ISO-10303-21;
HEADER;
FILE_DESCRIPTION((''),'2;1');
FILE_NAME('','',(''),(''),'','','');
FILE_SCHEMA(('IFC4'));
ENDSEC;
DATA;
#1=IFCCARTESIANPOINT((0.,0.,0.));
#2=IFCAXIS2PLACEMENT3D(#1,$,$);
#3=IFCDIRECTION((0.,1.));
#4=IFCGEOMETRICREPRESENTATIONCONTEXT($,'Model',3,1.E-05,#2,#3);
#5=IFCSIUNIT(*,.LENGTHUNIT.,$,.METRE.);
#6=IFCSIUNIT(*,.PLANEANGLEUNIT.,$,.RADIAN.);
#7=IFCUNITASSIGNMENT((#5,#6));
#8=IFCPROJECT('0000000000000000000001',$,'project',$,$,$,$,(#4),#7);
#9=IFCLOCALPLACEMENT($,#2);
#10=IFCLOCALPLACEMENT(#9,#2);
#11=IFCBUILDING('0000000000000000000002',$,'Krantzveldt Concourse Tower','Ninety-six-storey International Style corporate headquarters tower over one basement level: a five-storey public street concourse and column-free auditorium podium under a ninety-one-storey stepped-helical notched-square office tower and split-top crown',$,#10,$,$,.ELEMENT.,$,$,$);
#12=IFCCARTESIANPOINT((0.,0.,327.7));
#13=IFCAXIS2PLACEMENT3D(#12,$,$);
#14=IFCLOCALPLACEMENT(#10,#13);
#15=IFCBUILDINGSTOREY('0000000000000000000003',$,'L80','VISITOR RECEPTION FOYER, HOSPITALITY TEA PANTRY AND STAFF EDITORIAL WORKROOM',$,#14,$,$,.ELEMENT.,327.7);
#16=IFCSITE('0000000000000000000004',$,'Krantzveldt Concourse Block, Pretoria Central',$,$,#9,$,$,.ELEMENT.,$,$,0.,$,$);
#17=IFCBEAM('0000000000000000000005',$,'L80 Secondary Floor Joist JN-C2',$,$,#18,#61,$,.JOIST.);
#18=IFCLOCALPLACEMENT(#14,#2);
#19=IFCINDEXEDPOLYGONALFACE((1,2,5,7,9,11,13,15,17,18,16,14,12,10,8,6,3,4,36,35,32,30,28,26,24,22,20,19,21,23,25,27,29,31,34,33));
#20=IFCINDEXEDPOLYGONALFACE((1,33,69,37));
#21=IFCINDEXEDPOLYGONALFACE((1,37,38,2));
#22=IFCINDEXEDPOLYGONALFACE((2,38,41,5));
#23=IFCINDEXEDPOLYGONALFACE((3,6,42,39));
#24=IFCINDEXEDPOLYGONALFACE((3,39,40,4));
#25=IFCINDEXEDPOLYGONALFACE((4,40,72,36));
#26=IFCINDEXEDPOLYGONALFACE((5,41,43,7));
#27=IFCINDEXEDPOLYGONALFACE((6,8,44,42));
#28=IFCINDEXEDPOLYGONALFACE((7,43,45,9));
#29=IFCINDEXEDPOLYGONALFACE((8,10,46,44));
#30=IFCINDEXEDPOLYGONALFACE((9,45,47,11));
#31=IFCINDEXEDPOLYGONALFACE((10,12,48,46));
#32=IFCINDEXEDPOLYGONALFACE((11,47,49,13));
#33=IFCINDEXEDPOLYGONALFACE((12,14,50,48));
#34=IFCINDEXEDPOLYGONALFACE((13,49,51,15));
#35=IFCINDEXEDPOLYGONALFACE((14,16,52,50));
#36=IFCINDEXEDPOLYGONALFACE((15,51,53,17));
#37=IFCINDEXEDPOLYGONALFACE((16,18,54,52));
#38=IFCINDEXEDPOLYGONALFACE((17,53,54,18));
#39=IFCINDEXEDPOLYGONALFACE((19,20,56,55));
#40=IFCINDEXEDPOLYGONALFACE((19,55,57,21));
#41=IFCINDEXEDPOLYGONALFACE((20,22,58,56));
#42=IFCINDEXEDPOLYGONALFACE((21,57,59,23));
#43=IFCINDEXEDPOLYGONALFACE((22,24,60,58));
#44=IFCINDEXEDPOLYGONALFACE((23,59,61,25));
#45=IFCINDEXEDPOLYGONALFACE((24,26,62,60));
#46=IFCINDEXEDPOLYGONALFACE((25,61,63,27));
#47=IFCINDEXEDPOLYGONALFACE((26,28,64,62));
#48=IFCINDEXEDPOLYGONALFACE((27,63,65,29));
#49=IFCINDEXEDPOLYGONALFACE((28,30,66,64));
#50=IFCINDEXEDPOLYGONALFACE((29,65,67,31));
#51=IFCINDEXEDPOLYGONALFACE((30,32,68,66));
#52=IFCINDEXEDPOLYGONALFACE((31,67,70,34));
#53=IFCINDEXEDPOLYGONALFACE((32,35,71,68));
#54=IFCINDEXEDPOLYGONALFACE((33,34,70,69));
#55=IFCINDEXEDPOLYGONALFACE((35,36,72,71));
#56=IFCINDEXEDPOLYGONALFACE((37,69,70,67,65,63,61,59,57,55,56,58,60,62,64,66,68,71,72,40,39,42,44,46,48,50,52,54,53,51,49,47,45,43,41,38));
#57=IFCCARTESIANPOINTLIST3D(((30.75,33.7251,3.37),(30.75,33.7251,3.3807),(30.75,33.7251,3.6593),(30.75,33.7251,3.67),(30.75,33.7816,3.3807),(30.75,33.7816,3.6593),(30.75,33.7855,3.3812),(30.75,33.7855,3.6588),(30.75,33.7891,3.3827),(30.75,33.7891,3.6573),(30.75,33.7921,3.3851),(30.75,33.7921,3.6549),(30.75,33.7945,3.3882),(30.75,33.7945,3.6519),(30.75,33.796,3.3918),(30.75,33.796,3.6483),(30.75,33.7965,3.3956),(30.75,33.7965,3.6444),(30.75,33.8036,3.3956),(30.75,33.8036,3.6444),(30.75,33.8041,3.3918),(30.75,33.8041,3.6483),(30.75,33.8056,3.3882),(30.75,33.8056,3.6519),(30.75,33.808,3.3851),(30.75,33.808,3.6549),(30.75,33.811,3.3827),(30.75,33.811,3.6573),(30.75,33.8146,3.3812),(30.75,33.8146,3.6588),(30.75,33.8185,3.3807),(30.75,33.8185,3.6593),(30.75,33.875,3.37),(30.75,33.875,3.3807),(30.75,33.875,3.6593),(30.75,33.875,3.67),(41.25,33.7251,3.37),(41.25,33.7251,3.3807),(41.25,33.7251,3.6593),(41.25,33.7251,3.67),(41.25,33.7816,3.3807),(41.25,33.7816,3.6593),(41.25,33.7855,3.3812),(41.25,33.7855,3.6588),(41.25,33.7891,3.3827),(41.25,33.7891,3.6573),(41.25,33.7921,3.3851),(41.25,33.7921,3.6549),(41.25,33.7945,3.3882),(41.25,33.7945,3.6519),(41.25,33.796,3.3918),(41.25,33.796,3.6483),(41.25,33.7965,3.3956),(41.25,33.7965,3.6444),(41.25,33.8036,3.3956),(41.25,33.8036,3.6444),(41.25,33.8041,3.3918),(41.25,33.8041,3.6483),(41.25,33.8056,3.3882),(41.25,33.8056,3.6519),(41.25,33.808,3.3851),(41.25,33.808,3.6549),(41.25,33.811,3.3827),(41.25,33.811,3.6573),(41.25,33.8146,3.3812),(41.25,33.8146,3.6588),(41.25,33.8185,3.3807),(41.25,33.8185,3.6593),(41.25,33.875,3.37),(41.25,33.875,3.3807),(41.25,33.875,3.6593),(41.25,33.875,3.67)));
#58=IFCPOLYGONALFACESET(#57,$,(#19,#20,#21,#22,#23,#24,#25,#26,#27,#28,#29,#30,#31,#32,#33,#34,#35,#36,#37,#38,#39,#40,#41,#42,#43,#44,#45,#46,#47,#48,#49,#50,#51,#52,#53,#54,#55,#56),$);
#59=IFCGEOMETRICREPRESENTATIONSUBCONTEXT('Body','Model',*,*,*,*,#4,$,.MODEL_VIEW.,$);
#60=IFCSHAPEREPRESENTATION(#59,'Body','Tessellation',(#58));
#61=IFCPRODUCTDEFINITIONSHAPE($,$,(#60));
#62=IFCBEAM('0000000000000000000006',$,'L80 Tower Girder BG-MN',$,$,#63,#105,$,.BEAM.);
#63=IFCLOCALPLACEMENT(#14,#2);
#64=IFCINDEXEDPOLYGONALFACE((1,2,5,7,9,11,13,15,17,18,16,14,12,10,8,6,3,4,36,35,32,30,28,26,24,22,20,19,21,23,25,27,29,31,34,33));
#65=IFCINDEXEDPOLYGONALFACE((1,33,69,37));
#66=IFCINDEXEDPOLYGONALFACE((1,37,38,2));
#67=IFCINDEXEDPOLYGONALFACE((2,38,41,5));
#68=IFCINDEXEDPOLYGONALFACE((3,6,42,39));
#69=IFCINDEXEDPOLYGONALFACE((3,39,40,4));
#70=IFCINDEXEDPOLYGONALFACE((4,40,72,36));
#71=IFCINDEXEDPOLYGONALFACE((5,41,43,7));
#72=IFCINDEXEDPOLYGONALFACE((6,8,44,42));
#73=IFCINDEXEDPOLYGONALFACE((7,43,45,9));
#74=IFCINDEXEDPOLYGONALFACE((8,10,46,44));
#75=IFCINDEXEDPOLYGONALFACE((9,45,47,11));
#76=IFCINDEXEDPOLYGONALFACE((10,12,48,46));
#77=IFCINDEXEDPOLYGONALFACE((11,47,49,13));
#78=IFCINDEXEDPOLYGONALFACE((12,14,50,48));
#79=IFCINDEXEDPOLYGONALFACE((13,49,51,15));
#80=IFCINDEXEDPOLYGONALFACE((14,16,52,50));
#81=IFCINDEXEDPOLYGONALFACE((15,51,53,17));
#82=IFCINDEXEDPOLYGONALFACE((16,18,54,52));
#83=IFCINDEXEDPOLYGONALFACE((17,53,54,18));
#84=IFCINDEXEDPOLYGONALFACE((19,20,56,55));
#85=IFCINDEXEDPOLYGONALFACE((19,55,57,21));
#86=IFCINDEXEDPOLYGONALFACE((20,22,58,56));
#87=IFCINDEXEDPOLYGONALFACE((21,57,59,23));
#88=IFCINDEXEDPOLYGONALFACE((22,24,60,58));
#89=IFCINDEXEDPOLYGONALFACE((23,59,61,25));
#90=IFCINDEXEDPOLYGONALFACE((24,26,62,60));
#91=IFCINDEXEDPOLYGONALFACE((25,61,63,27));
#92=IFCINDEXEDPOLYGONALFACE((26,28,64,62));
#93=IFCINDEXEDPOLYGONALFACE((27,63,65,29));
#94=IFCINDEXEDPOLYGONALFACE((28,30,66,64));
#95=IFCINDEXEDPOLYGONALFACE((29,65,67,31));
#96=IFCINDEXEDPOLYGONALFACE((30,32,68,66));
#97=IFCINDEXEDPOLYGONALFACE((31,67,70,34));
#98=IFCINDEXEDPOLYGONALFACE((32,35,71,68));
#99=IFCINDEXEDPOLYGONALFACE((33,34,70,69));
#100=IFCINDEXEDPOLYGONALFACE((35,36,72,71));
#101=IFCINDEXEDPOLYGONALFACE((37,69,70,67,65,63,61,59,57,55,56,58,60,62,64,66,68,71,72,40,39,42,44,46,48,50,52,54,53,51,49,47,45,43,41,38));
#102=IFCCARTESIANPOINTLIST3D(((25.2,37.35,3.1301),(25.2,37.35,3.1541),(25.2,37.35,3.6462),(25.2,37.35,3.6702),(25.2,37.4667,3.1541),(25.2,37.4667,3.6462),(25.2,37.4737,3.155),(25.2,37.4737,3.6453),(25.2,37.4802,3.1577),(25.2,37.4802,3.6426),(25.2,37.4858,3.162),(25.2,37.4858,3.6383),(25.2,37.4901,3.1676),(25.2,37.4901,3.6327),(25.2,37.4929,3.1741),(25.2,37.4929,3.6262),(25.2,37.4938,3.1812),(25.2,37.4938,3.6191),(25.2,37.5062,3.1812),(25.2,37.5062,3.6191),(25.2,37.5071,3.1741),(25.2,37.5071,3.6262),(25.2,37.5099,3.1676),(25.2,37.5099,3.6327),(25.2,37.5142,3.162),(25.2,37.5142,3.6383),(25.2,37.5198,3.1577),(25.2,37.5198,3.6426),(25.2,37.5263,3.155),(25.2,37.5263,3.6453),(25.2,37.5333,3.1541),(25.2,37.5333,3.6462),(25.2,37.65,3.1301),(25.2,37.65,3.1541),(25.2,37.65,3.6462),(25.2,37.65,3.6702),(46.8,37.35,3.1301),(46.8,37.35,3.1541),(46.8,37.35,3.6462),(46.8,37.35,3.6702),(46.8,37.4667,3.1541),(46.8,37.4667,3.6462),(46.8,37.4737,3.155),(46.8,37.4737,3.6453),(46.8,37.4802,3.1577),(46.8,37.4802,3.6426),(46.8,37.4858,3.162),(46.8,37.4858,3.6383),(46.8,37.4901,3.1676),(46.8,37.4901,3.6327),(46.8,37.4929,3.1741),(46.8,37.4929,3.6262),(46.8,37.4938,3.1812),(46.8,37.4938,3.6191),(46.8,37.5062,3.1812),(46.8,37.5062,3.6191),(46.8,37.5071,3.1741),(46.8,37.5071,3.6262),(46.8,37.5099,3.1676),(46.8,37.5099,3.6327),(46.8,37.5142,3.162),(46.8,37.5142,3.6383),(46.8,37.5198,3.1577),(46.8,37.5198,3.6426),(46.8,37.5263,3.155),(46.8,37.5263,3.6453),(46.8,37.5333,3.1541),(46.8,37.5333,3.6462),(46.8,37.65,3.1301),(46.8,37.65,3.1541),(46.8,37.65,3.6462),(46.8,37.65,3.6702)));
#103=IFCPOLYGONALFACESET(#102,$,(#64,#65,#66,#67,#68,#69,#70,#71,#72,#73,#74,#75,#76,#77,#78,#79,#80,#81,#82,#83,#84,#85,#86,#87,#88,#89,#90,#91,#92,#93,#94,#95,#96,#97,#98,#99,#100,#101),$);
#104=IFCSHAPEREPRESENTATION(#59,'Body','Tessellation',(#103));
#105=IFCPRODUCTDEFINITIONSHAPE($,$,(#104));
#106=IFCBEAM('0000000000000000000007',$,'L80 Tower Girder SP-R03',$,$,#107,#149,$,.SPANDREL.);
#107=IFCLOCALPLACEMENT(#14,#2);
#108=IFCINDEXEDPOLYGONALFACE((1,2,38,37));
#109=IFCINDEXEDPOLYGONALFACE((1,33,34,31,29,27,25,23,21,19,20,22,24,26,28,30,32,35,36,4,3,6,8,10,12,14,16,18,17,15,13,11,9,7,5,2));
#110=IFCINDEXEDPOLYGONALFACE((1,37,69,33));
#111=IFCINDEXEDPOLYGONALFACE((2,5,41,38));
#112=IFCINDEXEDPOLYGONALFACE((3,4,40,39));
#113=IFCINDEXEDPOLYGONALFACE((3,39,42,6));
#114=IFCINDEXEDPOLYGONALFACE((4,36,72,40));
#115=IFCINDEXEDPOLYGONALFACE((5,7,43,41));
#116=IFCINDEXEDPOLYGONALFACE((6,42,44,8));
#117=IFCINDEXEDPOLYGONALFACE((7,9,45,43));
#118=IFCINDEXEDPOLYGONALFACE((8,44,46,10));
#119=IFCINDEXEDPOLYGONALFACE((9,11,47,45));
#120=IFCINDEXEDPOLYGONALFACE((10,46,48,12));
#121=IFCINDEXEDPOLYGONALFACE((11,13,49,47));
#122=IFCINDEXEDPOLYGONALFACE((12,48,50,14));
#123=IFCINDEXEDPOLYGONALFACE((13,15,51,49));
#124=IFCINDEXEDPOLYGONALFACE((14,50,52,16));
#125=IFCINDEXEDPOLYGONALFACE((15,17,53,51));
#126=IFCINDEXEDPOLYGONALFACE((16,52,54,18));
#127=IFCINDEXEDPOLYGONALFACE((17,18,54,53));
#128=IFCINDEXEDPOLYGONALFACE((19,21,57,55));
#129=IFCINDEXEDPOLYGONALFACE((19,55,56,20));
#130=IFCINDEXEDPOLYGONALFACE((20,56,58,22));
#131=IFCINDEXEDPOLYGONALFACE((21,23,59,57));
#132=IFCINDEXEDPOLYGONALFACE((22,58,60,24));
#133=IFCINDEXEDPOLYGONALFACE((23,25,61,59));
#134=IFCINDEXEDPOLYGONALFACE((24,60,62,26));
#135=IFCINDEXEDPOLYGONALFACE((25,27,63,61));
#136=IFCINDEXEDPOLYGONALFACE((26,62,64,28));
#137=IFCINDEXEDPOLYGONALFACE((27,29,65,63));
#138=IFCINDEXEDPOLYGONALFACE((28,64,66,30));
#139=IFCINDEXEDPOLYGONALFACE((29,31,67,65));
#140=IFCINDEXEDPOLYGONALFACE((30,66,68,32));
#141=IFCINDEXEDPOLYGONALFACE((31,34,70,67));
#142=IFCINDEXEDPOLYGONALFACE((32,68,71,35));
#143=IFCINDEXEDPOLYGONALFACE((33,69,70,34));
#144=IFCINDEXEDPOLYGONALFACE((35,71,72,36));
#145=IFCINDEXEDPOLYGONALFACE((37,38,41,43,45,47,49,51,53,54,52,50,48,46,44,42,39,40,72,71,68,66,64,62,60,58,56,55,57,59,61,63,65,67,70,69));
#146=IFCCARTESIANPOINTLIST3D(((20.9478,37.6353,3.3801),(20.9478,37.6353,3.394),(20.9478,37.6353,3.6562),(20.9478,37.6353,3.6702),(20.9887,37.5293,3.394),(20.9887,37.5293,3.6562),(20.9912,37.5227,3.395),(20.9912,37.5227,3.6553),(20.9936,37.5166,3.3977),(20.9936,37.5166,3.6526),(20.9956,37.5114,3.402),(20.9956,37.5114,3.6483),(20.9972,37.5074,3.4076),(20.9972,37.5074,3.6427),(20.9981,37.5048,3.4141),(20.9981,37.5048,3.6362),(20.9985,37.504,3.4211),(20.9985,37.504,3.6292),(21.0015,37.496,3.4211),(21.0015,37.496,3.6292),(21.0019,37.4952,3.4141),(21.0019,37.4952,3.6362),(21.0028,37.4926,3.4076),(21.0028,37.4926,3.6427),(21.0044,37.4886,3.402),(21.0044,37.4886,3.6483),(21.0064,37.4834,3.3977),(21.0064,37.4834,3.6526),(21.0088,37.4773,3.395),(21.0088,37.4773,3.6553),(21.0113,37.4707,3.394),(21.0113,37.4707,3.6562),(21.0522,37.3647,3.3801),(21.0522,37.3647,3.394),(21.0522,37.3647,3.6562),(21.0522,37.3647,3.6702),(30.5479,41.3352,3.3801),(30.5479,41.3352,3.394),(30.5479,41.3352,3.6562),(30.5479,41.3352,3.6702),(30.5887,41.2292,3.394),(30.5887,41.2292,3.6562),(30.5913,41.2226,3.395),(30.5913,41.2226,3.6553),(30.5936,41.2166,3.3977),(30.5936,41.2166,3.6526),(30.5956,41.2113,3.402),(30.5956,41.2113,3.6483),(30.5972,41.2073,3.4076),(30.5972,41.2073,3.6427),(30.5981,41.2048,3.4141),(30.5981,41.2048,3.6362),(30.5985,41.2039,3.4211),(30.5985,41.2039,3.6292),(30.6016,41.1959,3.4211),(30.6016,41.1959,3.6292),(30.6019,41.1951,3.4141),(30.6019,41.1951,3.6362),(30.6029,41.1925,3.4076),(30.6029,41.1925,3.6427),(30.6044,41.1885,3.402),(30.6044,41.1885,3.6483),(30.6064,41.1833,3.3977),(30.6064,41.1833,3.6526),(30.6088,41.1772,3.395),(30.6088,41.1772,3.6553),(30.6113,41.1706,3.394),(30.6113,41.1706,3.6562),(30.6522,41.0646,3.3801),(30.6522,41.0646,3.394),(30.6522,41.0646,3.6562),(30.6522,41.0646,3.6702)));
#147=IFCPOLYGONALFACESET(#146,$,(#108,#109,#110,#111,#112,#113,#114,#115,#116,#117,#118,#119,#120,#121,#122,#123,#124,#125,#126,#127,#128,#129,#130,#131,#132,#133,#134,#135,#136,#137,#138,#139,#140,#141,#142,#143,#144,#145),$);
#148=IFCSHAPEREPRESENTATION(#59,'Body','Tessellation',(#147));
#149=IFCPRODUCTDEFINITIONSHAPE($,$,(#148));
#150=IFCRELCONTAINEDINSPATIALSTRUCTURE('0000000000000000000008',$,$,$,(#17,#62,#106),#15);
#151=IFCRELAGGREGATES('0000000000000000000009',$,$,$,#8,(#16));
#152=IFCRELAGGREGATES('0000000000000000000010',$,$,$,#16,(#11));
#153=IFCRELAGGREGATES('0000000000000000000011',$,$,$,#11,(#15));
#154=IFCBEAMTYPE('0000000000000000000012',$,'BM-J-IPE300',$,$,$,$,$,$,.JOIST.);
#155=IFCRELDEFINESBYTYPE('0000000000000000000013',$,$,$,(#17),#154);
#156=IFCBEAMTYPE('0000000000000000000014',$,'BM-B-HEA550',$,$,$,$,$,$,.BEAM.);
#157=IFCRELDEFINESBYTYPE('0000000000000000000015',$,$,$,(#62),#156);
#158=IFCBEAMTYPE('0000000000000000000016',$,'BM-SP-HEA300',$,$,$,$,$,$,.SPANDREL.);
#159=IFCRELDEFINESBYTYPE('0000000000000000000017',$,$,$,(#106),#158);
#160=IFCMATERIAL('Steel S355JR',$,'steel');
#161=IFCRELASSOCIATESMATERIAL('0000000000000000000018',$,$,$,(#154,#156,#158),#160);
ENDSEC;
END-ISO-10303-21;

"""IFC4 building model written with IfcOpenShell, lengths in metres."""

from ifc_helpers import new_model, si_unit, direction, frame, origin, origin_2d, place, context, subcontext, project, spatial, i_section, extrude, source, transform, mapped, material, material_profile, profile_set, type_object, type_shapes, element, save


model = new_model("IFC4")

# Units and contexts
model_context = context("Model", 3, precision=1e-05, world=origin(), true_north=direction((0.0, 1.0)))
body_context = subcontext(model_context, "Body", "Model", "MODEL_VIEW")
ifc_project = project(units=[si_unit("LENGTHUNIT", "METRE"), si_unit("PLANEANGLEUNIT", "RADIAN")], contexts=[model_context])

# Site, building, storey
site_placement = place(None, origin())
site = spatial("IfcSite", under=ifc_project, at=site_placement, Name="Krantzveldt Concourse Block, Pretoria Central", CompositionType="ELEMENT", RefElevation=0.0)
building_placement = place(site_placement, origin())
building = spatial("IfcBuilding", under=site, at=building_placement, Name="Krantzveldt Concourse Tower", Description="Ninety-six-storey International Style corporate headquarters tower over one basement level: a five-storey public street concourse and column-free auditorium podium under a ninety-one-storey stepped-helical notched-square office tower and split-top crown", CompositionType="ELEMENT")
storey_placement = place(building_placement, frame((0.0, 0.0, 327.7)))
storey = spatial("IfcBuildingStorey", under=building, at=storey_placement, Name="L80", Description="VISITOR RECEPTION FOYER, HOSPITALITY TEA PANTRY AND STAFF EDITORIAL WORKROOM", CompositionType="ELEMENT", Elevation=327.7)

# Beams
ifc_material_1 = material(Name="Steel S355JR", Category="steel")
ifc_material_profile_1 = material_profile(ifc_material_1, i_section(OverallWidth=0.1499, OverallDepth=0.3, WebThickness=0.0071, FlangeThickness=0.0107, FilletRadius=0.0149, at=origin_2d()), Name="Steel S355JR", Category="steel")
ifc_profile_set_1 = profile_set([ifc_material_profile_1], Name="Steel S355JR - IPE 300")
beam_type_1 = type_object("IfcBeamType", Name="BM-J-IPE300", PredefinedType="JOIST", material=ifc_profile_set_1)
shared_shape_1 = source(origin(), body_context, "Body", "SweptSolid", [
    extrude(i_section(OverallWidth=0.1499, OverallDepth=0.3, WebThickness=0.0071, FlangeThickness=0.0107, FilletRadius=0.0149, at=origin_2d()), origin(), (0.0, 0.0, 1.0), 10.5),
])
beam_1_placement = place(storey_placement, frame((30.75, 33.8, 3.52), z_axis=(1.0, 0.0, 0.0), x_axis=(0.0, 1.0, 0.0)))
element("IfcBeam", 1, at=beam_1_placement, inside=storey, type_object=beam_type_1, Name="L80 Secondary Floor Joist JN-C2", PredefinedType="JOIST", context=body_context, shape_type="MappedRepresentation", body=[
    mapped(shared_shape_1, transform((0.0, 0.0, 0.0), x_axis=(1.0, 0.0, 0.0), y_axis=(0.0, 1.0, 0.0), z_axis=(0.0, 0.0, 1.0), scale=1.0)),
])
ifc_material_profile_2 = material_profile(ifc_material_1, i_section(OverallWidth=0.3, OverallDepth=0.54, WebThickness=0.0125, FlangeThickness=0.0239, FilletRadius=0.0271, at=origin_2d()), Name="Steel S355JR", Category="steel")
ifc_profile_set_2 = profile_set([ifc_material_profile_2], Name="Steel S355JR - HEA 550")
beam_type_2 = type_object("IfcBeamType", Name="BM-B-HEA550", PredefinedType="BEAM", material=ifc_profile_set_2)
shared_shape_2 = source(origin(), body_context, "Body", "SweptSolid", [
    extrude(i_section(OverallWidth=0.3, OverallDepth=0.54, WebThickness=0.0125, FlangeThickness=0.0239, FilletRadius=0.0271, at=origin_2d()), origin(), (0.0, 0.0, 1.0), 21.6001),
])
type_shapes(beam_type_2, [shared_shape_2])
beam_2_placement = place(storey_placement, frame((25.2, 37.5, 3.4001), z_axis=(1.0, 0.0, 0.0), x_axis=(0.0, 1.0, 0.0)))
element("IfcBeam", 2, at=beam_2_placement, inside=storey, type_object=beam_type_2, Name="L80 Tower Girder BG-MN", PredefinedType="BEAM", context=body_context, shape_type="MappedRepresentation", body=[
    mapped(shared_shape_2, transform((0.0, 0.0, 0.0), x_axis=(1.0, 0.0, 0.0), y_axis=(0.0, 1.0, 0.0), z_axis=(0.0, 0.0, 1.0), scale=1.0)),
])
ifc_material_profile_3 = material_profile(ifc_material_1, i_section(OverallWidth=0.29, OverallDepth=0.29, WebThickness=0.0085, FlangeThickness=0.0139, FilletRadius=0.0271, at=origin_2d()), Name="Steel S355JR", Category="steel")
ifc_profile_set_3 = profile_set([ifc_material_profile_3], Name="Steel S355JR - HEA 300")
beam_type_3 = type_object("IfcBeamType", Name="BM-SP-HEA300", PredefinedType="SPANDREL", material=ifc_profile_set_3)
shared_shape_3 = source(origin(), body_context, "Body", "SweptSolid", [
    extrude(i_section(OverallWidth=0.29, OverallDepth=0.29, WebThickness=0.0085, FlangeThickness=0.0139, FilletRadius=0.0271, at=origin_2d()), origin(), (0.0, 0.0, 1.0), 10.2883),
])
beam_3_placement = place(storey_placement, frame((21.0, 37.5, 3.5251), z_axis=(0.933098, 0.359623, 0.0), x_axis=(-0.359623, 0.933098, 0.0)))
element("IfcBeam", 3, at=beam_3_placement, inside=storey, type_object=beam_type_3, Name="L80 Tower Girder SP-R03", PredefinedType="SPANDREL", context=body_context, shape_type="MappedRepresentation", body=[
    mapped(shared_shape_3, transform((0.0, 0.0, 0.0), x_axis=(1.0, 0.0, 0.0), y_axis=(0.0, 1.0, 0.0), z_axis=(0.0, 0.0, 1.0), scale=1.0)),
])

save(model, "model.ifc")
